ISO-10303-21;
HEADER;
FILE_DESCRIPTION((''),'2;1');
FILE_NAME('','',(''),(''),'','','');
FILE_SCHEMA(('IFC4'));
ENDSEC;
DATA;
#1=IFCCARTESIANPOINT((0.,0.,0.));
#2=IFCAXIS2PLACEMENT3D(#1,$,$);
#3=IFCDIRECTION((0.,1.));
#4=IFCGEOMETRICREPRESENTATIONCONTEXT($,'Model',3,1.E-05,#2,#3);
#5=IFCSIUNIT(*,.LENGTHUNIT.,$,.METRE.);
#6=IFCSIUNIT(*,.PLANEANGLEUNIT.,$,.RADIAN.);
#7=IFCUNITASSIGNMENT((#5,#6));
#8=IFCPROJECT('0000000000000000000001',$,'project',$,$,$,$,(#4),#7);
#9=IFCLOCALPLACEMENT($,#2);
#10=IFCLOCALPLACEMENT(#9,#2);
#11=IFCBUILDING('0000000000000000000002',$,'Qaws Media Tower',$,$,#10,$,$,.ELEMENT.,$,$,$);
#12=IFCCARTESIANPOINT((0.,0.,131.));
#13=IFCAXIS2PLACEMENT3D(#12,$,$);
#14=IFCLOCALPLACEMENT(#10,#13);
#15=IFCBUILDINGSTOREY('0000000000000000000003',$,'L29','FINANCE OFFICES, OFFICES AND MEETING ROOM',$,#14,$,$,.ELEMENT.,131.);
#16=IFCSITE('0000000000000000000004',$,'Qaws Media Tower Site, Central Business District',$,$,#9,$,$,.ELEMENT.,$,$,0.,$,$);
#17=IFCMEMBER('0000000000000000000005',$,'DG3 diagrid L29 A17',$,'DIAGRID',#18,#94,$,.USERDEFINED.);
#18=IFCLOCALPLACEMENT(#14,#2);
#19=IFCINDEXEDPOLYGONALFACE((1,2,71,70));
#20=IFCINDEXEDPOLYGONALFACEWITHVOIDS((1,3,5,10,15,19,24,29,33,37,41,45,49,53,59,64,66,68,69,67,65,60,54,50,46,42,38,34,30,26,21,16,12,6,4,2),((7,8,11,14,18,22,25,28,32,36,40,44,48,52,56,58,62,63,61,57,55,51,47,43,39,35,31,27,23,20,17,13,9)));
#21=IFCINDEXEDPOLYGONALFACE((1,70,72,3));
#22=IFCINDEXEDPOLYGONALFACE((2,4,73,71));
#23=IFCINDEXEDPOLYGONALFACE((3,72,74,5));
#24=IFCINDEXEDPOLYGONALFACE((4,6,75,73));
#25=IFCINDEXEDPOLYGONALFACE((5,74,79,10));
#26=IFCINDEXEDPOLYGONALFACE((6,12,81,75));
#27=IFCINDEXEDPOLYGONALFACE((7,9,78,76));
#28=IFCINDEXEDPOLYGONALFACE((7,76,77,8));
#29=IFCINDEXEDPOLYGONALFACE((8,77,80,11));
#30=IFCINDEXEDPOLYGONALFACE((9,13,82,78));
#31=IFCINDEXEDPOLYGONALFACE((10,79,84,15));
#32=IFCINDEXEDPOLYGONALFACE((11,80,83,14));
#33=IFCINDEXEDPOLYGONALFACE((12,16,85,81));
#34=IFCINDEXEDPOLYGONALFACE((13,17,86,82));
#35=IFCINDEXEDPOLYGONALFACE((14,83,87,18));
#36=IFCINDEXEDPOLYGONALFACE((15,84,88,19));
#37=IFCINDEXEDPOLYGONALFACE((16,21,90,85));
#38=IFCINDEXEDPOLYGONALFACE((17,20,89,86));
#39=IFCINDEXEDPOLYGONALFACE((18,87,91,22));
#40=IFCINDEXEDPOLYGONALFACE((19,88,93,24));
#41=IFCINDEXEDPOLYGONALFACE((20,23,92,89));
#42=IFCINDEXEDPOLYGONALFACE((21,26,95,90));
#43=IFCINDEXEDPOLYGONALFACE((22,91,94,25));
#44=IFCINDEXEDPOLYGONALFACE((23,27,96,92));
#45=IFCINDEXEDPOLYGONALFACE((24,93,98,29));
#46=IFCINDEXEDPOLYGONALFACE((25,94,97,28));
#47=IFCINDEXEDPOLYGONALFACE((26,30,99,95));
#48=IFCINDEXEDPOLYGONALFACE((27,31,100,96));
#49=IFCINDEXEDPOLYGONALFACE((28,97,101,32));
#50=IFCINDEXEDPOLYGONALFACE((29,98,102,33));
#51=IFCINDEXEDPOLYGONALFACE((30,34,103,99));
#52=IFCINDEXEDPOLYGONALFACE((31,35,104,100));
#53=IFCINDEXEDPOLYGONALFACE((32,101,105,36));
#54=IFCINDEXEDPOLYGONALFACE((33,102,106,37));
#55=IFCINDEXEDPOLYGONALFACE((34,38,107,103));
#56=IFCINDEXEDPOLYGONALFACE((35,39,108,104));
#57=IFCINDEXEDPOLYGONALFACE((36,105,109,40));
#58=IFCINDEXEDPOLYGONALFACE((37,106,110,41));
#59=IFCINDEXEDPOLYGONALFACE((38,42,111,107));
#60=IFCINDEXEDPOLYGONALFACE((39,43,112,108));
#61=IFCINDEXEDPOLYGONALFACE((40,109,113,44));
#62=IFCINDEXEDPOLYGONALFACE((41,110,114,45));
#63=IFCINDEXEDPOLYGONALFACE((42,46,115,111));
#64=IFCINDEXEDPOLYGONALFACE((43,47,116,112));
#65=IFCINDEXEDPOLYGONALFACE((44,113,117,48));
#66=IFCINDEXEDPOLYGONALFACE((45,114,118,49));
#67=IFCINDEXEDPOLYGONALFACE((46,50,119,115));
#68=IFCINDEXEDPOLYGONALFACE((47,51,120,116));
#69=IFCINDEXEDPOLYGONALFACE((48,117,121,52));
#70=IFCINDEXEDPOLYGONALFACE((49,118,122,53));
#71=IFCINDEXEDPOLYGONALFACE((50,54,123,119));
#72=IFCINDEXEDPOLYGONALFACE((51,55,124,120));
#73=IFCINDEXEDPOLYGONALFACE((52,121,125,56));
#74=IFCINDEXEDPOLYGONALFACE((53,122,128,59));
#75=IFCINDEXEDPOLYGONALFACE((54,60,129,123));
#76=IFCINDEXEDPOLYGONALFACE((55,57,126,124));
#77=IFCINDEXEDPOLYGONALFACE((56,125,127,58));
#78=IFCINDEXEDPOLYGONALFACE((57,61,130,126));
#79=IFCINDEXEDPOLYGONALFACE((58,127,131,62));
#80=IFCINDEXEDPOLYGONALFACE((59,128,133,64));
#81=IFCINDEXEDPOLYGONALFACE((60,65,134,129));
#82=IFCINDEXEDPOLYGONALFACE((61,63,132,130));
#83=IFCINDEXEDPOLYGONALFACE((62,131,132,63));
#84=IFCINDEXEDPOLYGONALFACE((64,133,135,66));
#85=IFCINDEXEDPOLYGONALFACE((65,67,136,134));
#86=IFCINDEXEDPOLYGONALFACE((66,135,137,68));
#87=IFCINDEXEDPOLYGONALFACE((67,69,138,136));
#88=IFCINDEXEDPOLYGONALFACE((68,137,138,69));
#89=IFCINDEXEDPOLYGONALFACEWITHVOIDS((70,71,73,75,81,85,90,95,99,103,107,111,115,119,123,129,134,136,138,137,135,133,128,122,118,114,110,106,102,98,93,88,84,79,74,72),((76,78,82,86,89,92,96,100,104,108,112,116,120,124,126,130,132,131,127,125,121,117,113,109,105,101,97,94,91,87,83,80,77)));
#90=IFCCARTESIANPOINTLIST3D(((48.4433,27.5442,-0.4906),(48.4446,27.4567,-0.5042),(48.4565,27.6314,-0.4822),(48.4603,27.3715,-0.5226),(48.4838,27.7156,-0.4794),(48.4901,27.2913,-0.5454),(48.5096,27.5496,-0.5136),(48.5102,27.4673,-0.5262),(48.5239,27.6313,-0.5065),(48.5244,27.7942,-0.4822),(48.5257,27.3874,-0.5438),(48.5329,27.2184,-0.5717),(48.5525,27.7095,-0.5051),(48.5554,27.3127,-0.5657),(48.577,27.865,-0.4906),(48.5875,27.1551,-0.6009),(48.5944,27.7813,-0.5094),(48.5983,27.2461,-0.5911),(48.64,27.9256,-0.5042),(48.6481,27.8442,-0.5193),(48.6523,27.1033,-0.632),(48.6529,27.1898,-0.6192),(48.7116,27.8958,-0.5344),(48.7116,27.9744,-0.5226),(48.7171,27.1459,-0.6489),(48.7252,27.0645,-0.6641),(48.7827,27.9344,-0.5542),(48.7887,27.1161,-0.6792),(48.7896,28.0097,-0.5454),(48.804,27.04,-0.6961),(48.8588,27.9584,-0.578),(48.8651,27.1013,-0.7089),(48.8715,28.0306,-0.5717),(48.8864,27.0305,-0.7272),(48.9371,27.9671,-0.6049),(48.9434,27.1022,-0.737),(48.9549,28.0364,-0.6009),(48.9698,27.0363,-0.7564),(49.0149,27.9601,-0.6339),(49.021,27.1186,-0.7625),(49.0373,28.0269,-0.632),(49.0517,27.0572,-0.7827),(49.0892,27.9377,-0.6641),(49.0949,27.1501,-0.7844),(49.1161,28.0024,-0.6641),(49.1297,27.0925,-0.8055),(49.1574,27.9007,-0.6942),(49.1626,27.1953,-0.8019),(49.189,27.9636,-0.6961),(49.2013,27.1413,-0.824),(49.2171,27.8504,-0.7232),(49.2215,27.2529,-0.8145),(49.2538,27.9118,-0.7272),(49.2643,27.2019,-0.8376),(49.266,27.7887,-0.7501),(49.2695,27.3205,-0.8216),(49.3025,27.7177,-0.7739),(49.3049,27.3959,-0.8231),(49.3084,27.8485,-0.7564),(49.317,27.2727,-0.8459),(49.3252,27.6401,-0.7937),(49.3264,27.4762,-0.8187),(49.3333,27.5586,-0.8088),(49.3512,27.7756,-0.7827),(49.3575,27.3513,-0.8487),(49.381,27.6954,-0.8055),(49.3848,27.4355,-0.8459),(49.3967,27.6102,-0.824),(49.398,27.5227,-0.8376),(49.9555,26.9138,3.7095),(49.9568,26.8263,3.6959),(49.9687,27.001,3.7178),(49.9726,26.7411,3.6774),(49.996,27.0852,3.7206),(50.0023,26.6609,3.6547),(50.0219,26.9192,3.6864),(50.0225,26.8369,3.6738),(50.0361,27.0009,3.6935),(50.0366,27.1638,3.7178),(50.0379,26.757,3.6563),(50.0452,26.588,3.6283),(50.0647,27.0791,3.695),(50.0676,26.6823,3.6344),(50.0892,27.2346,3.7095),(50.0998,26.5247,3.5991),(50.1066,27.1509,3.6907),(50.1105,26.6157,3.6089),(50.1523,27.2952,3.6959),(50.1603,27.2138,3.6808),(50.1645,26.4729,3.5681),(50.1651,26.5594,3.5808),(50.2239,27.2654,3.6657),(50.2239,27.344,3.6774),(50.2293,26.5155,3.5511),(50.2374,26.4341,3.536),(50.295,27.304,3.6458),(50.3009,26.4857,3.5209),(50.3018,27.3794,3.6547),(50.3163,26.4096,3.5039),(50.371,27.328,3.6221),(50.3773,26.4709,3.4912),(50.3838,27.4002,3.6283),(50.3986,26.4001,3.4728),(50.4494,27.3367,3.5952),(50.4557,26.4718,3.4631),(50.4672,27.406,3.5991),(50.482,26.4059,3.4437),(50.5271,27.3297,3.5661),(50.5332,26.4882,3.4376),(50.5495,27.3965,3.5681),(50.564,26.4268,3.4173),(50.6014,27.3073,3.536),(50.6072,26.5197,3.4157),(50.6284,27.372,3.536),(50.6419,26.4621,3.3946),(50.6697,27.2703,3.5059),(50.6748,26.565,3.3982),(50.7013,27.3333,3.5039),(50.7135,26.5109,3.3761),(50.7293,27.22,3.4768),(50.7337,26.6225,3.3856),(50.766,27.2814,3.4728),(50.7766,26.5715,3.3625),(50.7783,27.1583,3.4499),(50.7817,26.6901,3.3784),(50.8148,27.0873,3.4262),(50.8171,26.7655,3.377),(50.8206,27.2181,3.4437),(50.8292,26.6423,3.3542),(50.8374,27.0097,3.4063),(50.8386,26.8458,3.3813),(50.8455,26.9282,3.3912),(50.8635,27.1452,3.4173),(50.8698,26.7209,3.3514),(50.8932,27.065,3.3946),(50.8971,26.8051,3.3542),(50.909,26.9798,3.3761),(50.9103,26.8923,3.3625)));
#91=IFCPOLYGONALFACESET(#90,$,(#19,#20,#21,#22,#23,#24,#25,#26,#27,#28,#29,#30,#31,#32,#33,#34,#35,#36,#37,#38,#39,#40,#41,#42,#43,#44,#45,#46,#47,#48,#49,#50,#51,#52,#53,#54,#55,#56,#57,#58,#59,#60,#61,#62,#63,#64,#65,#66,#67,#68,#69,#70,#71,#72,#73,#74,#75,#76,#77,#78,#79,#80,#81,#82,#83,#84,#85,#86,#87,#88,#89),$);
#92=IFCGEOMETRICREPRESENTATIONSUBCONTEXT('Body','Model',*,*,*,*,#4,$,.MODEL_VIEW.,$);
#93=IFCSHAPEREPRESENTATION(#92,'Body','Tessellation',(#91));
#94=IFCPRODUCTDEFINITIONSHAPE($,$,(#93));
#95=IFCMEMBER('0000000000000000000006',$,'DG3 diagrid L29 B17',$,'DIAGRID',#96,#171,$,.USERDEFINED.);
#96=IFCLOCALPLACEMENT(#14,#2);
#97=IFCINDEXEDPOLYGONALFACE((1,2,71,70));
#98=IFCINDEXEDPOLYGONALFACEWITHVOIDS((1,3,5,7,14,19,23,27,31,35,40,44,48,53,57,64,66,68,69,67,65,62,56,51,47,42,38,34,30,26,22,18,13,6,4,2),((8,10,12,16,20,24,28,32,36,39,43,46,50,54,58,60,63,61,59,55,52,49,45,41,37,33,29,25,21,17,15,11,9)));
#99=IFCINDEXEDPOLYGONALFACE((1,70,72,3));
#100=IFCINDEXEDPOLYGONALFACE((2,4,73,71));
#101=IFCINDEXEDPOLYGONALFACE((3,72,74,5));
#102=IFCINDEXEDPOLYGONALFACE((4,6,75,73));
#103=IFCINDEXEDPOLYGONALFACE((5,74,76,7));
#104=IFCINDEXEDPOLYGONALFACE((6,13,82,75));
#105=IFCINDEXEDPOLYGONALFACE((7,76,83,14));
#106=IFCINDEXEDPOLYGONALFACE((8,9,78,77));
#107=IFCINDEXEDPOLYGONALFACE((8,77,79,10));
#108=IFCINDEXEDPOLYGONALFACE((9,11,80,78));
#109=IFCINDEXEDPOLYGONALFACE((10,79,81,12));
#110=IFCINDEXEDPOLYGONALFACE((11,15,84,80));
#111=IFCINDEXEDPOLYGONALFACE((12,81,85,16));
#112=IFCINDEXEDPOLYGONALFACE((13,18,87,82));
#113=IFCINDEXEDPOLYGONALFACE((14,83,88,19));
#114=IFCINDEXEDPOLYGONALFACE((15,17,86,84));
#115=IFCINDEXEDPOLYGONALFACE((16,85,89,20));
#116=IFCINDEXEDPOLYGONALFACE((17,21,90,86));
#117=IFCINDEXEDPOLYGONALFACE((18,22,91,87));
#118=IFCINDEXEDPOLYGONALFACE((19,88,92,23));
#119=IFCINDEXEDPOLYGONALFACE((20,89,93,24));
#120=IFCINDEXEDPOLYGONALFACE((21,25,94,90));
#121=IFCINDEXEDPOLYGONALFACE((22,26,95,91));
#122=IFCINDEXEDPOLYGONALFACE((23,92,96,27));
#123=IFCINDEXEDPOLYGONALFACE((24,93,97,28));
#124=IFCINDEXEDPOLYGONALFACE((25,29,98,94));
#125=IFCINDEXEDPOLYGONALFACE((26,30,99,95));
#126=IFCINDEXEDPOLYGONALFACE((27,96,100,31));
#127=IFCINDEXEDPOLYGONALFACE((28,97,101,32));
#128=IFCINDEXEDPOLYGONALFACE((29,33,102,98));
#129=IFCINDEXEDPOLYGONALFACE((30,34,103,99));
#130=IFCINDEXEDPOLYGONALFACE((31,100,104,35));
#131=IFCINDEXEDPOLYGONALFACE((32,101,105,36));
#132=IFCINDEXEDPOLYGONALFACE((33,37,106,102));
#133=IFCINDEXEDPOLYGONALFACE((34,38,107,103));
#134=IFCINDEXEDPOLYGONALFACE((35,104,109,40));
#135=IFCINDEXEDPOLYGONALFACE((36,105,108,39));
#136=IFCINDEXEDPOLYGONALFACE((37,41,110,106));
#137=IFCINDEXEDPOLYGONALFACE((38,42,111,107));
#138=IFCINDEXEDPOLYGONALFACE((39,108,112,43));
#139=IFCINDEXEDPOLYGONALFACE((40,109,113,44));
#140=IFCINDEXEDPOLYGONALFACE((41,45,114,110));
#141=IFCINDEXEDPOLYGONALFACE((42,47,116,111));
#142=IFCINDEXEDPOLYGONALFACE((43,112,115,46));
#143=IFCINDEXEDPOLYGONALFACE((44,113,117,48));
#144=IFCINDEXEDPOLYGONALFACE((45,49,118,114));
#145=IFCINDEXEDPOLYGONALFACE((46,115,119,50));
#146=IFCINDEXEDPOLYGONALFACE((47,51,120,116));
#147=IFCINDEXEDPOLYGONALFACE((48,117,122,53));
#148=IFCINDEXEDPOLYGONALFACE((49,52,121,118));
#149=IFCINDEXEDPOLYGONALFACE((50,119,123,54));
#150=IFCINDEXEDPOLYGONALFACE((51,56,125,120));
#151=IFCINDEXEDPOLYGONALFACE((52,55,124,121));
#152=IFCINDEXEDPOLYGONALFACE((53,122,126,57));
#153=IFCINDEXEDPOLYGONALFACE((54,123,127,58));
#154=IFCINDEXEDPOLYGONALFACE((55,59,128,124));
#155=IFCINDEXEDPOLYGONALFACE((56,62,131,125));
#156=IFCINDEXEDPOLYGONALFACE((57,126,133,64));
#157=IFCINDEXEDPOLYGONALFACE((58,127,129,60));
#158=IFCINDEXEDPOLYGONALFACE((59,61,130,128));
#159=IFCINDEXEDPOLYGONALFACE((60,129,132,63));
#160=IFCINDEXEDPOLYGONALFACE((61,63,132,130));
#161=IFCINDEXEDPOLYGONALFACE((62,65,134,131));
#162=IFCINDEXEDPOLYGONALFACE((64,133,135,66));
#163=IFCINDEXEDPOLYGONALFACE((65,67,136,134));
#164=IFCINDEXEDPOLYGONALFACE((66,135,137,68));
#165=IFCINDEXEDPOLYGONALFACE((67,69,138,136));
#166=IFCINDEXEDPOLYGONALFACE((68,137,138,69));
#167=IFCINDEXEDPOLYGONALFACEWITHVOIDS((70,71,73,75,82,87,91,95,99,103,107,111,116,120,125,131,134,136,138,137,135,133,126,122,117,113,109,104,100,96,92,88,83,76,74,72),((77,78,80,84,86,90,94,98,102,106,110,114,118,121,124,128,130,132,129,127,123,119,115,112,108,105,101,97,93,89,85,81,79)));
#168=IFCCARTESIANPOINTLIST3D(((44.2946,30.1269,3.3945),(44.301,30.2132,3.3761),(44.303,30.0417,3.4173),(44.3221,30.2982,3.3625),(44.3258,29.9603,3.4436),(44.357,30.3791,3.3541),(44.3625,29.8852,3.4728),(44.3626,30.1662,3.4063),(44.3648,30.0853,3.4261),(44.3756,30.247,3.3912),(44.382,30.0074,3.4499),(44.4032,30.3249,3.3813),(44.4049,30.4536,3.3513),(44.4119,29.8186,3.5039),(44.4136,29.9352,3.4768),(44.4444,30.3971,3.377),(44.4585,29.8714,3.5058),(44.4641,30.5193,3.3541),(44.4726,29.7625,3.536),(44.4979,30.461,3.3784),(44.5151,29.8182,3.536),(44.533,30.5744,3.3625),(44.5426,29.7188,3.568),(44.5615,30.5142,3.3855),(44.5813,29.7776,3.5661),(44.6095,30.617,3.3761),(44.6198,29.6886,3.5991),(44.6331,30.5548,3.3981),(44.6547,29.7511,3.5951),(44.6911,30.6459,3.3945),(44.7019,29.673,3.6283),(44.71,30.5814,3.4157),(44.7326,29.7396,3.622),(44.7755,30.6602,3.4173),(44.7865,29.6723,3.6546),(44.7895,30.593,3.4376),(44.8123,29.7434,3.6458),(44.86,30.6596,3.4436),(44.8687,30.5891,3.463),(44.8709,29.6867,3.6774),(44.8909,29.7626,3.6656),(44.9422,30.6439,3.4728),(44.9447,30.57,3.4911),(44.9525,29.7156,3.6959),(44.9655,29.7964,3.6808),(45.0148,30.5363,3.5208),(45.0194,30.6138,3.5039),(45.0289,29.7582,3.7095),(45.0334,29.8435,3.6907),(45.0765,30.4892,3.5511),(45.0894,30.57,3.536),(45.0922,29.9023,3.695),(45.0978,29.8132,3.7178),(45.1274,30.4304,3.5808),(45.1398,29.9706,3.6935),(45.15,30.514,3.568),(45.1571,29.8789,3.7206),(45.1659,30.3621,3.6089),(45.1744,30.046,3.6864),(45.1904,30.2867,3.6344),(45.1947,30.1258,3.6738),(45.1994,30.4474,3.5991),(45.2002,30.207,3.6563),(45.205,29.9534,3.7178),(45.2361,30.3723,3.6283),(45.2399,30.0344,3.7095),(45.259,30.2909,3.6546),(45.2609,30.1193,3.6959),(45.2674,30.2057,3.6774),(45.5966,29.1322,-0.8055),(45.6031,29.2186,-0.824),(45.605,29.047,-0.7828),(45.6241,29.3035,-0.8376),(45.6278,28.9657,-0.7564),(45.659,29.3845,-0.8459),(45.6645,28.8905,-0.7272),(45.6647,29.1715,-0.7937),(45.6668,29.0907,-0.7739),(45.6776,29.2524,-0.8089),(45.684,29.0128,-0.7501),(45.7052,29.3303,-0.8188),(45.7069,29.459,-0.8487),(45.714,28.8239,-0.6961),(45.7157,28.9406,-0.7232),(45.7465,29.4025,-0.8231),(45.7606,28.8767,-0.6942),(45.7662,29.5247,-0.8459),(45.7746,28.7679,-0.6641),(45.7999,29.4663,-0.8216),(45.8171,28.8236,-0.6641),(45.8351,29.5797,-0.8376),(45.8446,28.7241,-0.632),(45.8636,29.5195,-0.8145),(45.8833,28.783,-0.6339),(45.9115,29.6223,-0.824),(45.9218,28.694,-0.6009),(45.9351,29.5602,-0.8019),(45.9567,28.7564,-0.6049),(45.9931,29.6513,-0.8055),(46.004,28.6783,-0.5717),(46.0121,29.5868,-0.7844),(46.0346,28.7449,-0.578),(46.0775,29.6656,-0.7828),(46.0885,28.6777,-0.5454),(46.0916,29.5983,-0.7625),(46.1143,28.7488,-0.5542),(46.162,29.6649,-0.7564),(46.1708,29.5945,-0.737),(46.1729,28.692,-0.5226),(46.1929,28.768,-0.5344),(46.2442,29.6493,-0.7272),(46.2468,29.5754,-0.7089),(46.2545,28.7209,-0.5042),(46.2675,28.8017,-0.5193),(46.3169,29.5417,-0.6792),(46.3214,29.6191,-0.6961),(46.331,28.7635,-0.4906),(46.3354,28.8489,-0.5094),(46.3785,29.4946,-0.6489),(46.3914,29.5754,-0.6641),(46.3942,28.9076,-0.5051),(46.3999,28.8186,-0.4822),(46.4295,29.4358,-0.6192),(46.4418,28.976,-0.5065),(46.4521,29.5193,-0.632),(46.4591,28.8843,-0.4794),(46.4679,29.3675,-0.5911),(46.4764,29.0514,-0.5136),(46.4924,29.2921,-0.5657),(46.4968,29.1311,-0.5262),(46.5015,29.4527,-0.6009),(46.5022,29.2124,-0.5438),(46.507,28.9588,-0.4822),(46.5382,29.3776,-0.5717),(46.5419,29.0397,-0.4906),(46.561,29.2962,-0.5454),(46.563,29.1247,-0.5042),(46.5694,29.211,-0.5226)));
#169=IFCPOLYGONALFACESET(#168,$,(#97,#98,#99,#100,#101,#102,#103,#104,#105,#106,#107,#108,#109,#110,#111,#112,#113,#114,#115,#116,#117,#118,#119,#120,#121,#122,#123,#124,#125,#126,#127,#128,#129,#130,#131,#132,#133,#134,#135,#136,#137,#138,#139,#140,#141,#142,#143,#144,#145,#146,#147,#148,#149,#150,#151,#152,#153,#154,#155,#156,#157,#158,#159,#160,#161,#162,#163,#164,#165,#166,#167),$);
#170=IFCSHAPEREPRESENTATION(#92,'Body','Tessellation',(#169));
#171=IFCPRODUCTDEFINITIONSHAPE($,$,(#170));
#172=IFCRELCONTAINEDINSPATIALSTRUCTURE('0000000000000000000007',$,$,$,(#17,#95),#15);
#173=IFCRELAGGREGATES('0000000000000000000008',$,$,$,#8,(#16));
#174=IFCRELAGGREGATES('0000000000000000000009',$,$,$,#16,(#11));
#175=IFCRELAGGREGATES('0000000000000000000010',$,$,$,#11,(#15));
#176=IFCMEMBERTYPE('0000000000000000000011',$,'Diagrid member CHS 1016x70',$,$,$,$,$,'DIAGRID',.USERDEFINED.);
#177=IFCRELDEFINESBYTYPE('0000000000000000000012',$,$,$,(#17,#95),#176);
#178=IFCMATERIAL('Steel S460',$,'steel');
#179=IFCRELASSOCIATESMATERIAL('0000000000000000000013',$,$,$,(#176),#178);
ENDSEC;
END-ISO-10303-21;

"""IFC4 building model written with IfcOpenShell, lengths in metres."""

from ifc_helpers import new_model, si_unit, direction, frame, origin, origin_2d, place, context, subcontext, project, spatial, hollow_circle, extrude, material, material_profile, profile_set, type_object, element, save


model = new_model("IFC4")

# Units and contexts
model_context = context("Model", 3, precision=1e-05, world=origin(), true_north=direction((0.0, 1.0)))
body_context = subcontext(model_context, "Body", "Model", "MODEL_VIEW")
ifc_project = project(units=[si_unit("LENGTHUNIT", "METRE"), si_unit("PLANEANGLEUNIT", "RADIAN")], contexts=[model_context])

# Site, building, storey
site_placement = place(None, origin())
site = spatial("IfcSite", under=ifc_project, at=site_placement, Name="Qaws Media Tower Site, Central Business District", CompositionType="ELEMENT", RefElevation=0.0)
building_placement = place(site_placement, origin())
building = spatial("IfcBuilding", under=site, at=building_placement, Name="Qaws Media Tower", CompositionType="ELEMENT")
storey_placement = place(building_placement, frame((0.0, 0.0, 131.0)))
storey = spatial("IfcBuildingStorey", under=building, at=storey_placement, Name="L29", Description="FINANCE OFFICES, OFFICES AND MEETING ROOM", CompositionType="ELEMENT", Elevation=131.0)

# Members
ifc_material_1 = material(Name="Steel S460", Category="steel")
ifc_material_profile_1 = material_profile(ifc_material_1, hollow_circle(Radius=0.5081, WallThickness=0.0701, at=origin_2d()), Name="CHS 1016x70")
ifc_profile_set_1 = profile_set([ifc_material_profile_1], Name="Steel S460")
member_type_1 = type_object("IfcMemberType", Name="Diagrid member CHS 1016x70", ElementType="DIAGRID", PredefinedType="USERDEFINED", material=ifc_profile_set_1)
for number, where, z_axis, x_axis, name in (
    (1, (48.9207, 27.5334, -0.6641), (0.335436, -0.139828, 0.931628), (0.384764, 0.923015, 0.0), "DG3 diagrid L29 A17"),
    (2, (46.083, 29.1716, -0.6641), (-0.288806, 0.220625, 0.93162), (-0.607057, -0.794658, 0.0), "DG3 diagrid L29 B17"),
):
    element("IfcMember", number, at=place(storey_placement, frame(where, z_axis=z_axis, x_axis=x_axis)), inside=storey, type_object=member_type_1, Name=name, ObjectType="DIAGRID", PredefinedType="USERDEFINED", context=body_context, shape_type="SweptSolid", body=[
        extrude(hollow_circle(Radius=0.5081, WallThickness=0.0701, at=origin_2d()), origin(), (0.0, 0.0, 1.0), 4.5083),
    ])

save(model, "model.ifc")
